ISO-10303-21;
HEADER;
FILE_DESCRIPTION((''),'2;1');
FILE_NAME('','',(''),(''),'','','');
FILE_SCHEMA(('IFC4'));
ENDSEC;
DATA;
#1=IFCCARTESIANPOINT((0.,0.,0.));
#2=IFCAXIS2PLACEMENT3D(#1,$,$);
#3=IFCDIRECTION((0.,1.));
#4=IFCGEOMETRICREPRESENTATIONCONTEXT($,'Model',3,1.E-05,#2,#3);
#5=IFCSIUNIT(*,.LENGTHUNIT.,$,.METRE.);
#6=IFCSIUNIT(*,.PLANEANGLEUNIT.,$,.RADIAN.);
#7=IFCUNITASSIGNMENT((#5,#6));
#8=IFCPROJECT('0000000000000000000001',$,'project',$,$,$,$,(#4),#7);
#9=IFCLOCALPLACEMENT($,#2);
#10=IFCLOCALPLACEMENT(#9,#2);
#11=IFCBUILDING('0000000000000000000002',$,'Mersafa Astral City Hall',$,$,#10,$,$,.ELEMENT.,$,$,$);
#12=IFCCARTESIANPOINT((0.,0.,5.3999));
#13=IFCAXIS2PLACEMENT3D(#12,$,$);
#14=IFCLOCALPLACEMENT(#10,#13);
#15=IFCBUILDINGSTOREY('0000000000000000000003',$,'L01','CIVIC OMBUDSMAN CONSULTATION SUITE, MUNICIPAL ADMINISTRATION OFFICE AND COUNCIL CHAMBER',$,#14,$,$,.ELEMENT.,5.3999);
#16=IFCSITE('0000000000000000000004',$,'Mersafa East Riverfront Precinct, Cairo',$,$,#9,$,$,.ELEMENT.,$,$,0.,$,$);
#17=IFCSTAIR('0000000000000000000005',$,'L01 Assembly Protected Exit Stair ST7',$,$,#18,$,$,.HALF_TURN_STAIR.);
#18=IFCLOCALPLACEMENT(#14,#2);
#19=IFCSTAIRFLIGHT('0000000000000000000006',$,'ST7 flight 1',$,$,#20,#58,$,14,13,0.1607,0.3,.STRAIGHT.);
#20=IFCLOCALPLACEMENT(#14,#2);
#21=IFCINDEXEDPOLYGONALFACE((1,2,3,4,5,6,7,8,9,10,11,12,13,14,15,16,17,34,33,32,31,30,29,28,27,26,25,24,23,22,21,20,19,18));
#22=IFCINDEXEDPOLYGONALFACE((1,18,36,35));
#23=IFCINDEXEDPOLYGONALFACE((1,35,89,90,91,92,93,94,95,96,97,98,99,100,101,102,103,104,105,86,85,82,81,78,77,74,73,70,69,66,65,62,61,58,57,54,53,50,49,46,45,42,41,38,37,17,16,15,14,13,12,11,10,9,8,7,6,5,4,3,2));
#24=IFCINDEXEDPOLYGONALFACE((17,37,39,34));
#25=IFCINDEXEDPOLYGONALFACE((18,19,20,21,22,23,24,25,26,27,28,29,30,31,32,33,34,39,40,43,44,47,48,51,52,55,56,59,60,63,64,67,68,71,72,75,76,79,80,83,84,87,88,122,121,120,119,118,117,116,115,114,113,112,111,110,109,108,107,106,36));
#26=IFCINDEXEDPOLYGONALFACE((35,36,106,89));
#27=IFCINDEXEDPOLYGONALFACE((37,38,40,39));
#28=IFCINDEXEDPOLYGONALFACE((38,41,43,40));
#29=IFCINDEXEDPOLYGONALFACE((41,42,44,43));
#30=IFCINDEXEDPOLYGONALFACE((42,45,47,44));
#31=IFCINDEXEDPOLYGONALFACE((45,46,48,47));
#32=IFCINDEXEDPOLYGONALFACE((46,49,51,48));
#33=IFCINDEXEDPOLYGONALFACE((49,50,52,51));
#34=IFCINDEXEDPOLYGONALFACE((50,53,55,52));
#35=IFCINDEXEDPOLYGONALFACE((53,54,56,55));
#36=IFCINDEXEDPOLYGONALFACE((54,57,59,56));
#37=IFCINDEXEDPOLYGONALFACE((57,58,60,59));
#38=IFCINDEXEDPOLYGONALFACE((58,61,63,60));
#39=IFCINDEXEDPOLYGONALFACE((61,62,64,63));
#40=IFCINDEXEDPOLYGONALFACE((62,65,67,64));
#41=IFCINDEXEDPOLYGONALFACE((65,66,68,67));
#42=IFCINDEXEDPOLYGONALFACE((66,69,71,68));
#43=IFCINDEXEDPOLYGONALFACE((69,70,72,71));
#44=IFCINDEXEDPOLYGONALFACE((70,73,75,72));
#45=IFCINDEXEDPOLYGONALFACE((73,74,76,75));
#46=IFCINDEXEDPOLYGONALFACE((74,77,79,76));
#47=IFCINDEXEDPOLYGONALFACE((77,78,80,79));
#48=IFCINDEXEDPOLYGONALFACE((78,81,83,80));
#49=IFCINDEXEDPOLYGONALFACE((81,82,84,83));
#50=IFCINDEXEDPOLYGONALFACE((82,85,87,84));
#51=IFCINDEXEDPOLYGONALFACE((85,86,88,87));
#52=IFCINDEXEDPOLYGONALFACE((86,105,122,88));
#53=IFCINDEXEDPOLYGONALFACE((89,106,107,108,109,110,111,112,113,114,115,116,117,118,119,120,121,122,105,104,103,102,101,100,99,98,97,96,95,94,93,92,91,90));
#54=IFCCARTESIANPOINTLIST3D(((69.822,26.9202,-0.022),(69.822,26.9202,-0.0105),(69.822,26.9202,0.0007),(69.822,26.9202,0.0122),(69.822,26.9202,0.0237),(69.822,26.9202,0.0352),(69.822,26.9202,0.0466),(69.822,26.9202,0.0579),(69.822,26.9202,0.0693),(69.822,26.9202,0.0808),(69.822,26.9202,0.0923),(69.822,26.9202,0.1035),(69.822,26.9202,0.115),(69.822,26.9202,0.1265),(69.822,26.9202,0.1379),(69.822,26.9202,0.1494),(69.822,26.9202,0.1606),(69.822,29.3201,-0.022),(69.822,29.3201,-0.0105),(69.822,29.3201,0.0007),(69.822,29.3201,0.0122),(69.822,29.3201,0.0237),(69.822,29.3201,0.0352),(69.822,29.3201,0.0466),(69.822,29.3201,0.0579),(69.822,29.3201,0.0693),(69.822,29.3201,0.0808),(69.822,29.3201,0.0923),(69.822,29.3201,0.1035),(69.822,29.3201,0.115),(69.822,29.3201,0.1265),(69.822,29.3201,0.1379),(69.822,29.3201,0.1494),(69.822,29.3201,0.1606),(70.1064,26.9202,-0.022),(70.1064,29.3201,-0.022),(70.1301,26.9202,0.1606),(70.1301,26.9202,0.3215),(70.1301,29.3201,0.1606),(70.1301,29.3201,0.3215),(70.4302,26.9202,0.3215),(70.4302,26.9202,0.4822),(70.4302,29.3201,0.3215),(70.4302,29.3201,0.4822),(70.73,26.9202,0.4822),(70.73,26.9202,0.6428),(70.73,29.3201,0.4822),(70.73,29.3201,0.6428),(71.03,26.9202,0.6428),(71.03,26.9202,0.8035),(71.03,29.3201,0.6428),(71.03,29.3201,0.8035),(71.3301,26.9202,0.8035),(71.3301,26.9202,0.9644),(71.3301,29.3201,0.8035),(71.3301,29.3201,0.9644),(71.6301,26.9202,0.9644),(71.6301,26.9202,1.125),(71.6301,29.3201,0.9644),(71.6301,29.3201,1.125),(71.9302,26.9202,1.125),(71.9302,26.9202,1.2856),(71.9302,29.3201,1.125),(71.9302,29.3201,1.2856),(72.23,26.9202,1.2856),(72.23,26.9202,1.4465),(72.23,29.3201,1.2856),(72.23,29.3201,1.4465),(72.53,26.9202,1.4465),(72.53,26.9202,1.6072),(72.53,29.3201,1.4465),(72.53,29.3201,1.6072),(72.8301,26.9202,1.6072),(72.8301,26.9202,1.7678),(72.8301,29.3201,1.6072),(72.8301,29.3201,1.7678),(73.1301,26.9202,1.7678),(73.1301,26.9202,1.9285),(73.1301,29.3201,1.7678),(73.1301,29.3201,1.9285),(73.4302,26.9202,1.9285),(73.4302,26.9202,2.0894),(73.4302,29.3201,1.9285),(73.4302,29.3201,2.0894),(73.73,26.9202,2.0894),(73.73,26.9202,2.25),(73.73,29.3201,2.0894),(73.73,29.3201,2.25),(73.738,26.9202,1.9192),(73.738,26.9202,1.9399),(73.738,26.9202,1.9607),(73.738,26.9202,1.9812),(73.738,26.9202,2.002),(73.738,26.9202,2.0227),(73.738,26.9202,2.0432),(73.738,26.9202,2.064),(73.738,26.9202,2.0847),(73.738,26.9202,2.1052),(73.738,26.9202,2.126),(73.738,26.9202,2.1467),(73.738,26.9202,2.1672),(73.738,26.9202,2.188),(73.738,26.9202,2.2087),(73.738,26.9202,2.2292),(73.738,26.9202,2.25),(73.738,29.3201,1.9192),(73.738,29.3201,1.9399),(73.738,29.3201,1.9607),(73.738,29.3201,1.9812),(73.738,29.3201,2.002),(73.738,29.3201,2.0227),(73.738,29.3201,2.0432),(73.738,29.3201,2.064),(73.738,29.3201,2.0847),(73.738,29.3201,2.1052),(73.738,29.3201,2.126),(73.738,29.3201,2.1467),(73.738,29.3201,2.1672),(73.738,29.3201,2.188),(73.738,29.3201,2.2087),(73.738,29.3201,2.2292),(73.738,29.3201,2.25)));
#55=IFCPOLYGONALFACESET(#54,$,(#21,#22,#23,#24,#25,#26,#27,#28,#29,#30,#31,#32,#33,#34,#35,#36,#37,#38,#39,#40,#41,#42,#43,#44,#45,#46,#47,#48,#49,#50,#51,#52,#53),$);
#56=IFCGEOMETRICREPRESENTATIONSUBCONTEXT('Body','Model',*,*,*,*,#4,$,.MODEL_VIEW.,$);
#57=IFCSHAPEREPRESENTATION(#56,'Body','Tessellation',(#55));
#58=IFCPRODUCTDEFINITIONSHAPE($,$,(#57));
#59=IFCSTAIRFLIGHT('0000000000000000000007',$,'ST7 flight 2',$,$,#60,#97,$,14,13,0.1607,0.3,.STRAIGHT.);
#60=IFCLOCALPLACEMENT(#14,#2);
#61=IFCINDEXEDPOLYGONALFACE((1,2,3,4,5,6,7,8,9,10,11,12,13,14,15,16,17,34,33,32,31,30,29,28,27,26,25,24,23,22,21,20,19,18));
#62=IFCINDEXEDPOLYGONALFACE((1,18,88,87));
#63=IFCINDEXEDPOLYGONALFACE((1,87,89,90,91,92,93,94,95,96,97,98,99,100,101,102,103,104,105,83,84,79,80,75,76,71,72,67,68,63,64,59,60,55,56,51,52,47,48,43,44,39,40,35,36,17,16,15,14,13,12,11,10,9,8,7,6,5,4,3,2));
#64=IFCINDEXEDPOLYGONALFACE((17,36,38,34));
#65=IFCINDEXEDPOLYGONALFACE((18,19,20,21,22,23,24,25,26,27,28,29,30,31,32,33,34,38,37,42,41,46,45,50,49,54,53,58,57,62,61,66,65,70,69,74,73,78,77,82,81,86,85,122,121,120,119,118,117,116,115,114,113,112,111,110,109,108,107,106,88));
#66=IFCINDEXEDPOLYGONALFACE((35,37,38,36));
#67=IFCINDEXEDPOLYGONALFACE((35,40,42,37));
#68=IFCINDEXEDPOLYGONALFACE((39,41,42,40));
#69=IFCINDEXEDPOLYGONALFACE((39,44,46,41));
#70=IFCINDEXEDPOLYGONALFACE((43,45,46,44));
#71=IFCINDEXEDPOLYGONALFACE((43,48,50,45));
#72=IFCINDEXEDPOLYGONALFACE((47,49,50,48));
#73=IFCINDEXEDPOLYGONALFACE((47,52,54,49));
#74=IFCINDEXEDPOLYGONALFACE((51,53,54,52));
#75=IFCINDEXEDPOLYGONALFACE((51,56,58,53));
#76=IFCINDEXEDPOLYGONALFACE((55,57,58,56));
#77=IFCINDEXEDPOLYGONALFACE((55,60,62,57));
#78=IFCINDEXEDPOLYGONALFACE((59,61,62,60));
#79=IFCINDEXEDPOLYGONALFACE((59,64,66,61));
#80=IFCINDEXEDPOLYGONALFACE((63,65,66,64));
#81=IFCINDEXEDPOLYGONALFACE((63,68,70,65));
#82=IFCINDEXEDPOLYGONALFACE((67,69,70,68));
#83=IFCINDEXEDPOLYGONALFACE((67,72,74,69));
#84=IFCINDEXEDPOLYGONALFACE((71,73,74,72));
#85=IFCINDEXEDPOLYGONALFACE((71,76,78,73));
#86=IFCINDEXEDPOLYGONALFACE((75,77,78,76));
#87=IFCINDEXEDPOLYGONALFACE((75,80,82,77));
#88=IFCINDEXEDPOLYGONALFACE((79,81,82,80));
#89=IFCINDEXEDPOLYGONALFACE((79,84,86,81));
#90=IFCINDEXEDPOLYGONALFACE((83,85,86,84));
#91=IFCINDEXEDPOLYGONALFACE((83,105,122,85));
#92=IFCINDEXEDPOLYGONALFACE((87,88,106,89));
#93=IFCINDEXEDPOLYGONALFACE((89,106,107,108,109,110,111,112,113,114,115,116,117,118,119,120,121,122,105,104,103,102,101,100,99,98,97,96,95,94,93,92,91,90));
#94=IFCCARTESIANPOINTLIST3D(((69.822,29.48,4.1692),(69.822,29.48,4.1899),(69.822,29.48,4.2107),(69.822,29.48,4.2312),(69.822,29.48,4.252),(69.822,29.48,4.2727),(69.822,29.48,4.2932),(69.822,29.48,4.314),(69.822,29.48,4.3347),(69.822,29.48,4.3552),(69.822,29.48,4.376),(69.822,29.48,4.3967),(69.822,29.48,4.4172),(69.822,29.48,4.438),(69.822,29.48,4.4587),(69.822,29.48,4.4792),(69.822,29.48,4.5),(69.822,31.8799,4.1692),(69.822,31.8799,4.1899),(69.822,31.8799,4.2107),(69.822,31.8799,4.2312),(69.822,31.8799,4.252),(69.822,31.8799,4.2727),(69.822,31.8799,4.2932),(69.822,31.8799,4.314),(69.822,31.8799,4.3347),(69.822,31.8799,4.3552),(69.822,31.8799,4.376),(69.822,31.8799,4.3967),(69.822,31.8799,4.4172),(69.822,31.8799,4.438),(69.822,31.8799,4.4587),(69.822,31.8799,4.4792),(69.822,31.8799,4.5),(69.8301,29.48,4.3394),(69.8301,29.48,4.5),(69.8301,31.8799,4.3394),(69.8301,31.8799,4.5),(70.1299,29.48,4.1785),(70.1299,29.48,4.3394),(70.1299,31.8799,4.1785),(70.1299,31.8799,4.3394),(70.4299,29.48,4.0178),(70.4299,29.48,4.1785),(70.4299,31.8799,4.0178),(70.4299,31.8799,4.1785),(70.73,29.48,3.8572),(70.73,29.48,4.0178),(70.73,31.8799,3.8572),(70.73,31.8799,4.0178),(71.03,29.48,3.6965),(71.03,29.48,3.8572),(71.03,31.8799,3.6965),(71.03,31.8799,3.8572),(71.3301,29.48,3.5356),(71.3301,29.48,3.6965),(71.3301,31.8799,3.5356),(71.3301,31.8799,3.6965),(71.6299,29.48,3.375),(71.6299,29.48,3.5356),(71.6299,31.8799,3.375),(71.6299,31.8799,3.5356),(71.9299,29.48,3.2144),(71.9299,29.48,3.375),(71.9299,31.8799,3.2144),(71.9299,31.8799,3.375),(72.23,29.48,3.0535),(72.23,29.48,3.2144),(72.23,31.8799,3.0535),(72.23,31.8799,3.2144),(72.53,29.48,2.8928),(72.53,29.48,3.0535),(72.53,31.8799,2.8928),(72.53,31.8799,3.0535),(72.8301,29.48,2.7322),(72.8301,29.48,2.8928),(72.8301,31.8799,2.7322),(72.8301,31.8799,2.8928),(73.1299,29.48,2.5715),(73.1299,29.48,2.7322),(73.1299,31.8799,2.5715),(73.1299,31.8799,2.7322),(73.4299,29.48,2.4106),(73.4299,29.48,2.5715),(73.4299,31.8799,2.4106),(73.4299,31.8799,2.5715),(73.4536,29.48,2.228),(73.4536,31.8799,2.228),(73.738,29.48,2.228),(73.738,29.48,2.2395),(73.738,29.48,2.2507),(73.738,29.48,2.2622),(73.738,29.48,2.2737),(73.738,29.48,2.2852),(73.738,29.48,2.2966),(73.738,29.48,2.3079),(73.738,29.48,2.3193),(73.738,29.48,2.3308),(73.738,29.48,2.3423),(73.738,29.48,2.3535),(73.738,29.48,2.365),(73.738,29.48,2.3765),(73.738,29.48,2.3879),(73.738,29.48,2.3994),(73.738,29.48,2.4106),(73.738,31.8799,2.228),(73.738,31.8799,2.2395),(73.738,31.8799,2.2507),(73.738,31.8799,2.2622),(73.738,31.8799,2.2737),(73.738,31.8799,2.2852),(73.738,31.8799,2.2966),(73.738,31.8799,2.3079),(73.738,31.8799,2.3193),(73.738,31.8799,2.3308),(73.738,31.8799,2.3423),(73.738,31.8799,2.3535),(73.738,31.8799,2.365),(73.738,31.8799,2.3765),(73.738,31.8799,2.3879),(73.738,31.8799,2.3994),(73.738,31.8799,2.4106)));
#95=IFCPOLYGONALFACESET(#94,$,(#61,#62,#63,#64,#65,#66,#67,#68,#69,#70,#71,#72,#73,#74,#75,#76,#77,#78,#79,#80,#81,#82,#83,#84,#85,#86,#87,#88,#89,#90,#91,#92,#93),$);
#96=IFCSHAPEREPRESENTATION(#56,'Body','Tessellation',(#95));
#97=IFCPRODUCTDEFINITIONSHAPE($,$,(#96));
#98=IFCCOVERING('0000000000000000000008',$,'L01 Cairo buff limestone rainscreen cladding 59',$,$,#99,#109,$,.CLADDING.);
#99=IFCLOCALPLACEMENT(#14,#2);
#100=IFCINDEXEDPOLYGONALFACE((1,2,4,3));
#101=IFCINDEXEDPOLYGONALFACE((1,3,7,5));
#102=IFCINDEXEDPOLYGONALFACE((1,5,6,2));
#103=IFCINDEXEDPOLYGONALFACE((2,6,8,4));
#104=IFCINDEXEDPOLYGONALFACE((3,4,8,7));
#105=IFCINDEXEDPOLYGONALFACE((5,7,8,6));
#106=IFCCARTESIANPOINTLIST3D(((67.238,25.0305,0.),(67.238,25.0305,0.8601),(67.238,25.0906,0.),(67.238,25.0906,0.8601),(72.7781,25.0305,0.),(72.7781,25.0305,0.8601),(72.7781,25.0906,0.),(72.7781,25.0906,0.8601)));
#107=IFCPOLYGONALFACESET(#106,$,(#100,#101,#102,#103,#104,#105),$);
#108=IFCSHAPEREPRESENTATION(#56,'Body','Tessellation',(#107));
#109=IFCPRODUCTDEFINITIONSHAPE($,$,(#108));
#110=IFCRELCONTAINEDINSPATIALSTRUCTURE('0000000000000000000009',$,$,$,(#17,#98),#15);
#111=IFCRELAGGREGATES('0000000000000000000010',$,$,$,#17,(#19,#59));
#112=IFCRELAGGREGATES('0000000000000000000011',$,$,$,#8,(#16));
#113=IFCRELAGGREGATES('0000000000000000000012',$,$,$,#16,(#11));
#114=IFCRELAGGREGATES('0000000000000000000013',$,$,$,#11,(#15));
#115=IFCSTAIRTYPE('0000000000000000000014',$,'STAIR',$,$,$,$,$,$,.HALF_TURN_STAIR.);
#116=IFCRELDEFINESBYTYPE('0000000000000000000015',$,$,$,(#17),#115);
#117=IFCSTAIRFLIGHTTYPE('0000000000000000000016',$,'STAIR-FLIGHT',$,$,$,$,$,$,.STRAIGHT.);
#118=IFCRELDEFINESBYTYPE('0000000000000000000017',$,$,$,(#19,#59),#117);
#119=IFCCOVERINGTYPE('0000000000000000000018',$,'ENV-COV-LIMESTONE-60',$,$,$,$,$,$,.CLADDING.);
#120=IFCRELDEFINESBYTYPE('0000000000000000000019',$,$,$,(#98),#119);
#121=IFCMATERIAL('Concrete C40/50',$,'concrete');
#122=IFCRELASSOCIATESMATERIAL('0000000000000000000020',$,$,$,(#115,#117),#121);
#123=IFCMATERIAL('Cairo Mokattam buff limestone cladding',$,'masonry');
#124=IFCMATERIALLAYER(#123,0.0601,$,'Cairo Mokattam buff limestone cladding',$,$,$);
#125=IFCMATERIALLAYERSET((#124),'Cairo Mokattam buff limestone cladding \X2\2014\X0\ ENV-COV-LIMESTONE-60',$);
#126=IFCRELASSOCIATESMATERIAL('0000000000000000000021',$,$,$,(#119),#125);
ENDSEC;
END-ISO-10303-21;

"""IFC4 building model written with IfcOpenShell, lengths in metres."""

from ifc_helpers import new_model, si_unit, direction, frame, origin, origin_2d, place, context, subcontext, project, spatial, polyline, rectangle, outline, extrude, material, layer, layer_set, type_object, element, aggregate, save


model = new_model("IFC4")

# Units and contexts
model_context = context("Model", 3, precision=1e-05, world=origin(), true_north=direction((0.0, 1.0)))
body_context = subcontext(model_context, "Body", "Model", "MODEL_VIEW")
ifc_project = project(units=[si_unit("LENGTHUNIT", "METRE"), si_unit("PLANEANGLEUNIT", "RADIAN")], contexts=[model_context])

# Site, building, storey
site_placement = place(None, origin())
site = spatial("IfcSite", under=ifc_project, at=site_placement, Name="Mersafa East Riverfront Precinct, Cairo", CompositionType="ELEMENT", RefElevation=0.0)
building_placement = place(site_placement, origin())
building = spatial("IfcBuilding", under=site, at=building_placement, Name="Mersafa Astral City Hall", CompositionType="ELEMENT")
storey_placement = place(building_placement, frame((0.0, 0.0, 5.3999)))
storey = spatial("IfcBuildingStorey", under=building, at=storey_placement, Name="L01", Description="CIVIC OMBUDSMAN CONSULTATION SUITE, MUNICIPAL ADMINISTRATION OFFICE AND COUNCIL CHAMBER", CompositionType="ELEMENT", Elevation=5.3999)

# Shared definitions
ifc_material_1 = material(Name="Concrete C40/50", Category="concrete")

# Stair, stair flights
stair_type = type_object("IfcStairType", Name="STAIR", PredefinedType="HALF_TURN_STAIR", material=ifc_material_1)
stair_placement = place(storey_placement, origin())
stair = element("IfcStair", 1, at=stair_placement, inside=storey, type_object=stair_type, Name="L01 Assembly Protected Exit Stair ST7", PredefinedType="HALF_TURN_STAIR")
stair_flight_type = type_object("IfcStairFlightType", Name="STAIR-FLIGHT", PredefinedType="STRAIGHT", material=ifc_material_1)
stair_flight_1_placement = place(storey_placement, frame((69.8301, 28.1201, 0.0), z_axis=(0.0, 0.0, 1.0), x_axis=(1.0, 0.0, 0.0)))
stair_flight_1 = element("IfcStairFlight", 2, at=stair_flight_1_placement, type_object=stair_flight_type, Name="ST7 flight 1", NumberOfRisers=14, NumberOfTreads=13, PredefinedType="STRAIGHT", RiserHeight=0.1607, TreadLength=0.3, context=body_context, shape_type="SweptSolid", body=[
    extrude(outline(polyline([(-0.0081, -0.022), (-0.0081, -0.0105), (-0.0081, 0.0007), (-0.0081, 0.0122), (-0.0081, 0.0237), (-0.0081, 0.0352), (-0.0081, 0.0466), (-0.0081, 0.0579), (-0.0081, 0.0693), (-0.0081, 0.0808), (-0.0081, 0.0923), (-0.0081, 0.1035), (-0.0081, 0.115), (-0.0081, 0.1265), (-0.0081, 0.1379), (-0.0081, 0.1494), (-0.0081, 0.1606), (0.3, 0.1606), (0.3, 0.3215), (0.6001, 0.3215), (0.6001, 0.4822), (0.8999, 0.4822), (0.8999, 0.6428), (1.2, 0.6428), (1.2, 0.8035), (1.5, 0.8035), (1.5, 0.9644), (1.8, 0.9644), (1.8, 1.125), (2.1001, 1.125), (2.1001, 1.2856), (2.3999, 1.2856), (2.3999, 1.4465), (2.7, 1.4465), (2.7, 1.6072), (3.0, 1.6072), (3.0, 1.7678), (3.3, 1.7678), (3.3, 1.9285), (3.6001, 1.9285), (3.6001, 2.0894), (3.8999, 2.0894), (3.8999, 2.25), (3.908, 2.25), (3.908, 2.2292), (3.908, 2.2087), (3.908, 2.188), (3.908, 2.1672), (3.908, 2.1467), (3.908, 2.126), (3.908, 2.1052), (3.908, 2.0847), (3.908, 2.064), (3.908, 2.0432), (3.908, 2.0227), (3.908, 2.002), (3.908, 1.9812), (3.908, 1.9607), (3.908, 1.9399), (3.908, 1.9192), (0.2764, -0.022), (-0.0081, -0.022)])), frame((0.0, 1.2, 0.0), z_axis=(0.0, -1.0, 0.0), x_axis=(1.0, 0.0, 0.0)), (0.0, 0.0, 1.0), 2.3999),
])
stair_flight_2_placement = place(storey_placement, frame((73.73, 30.6799, 2.25), z_axis=(0.0, 0.0, 1.0), x_axis=(-1.0, 0.0, 0.0)))
stair_flight_2 = element("IfcStairFlight", 3, at=stair_flight_2_placement, type_object=stair_flight_type, Name="ST7 flight 2", NumberOfRisers=14, NumberOfTreads=13, PredefinedType="STRAIGHT", RiserHeight=0.1607, TreadLength=0.3, context=body_context, shape_type="SweptSolid", body=[
    extrude(outline(polyline([(-0.0081, -0.022), (-0.0081, -0.0105), (-0.0081, 0.0007), (-0.0081, 0.0122), (-0.0081, 0.0237), (-0.0081, 0.0352), (-0.0081, 0.0466), (-0.0081, 0.0579), (-0.0081, 0.0693), (-0.0081, 0.0808), (-0.0081, 0.0923), (-0.0081, 0.1035), (-0.0081, 0.115), (-0.0081, 0.1265), (-0.0081, 0.1379), (-0.0081, 0.1494), (-0.0081, 0.1606), (0.3, 0.1606), (0.3, 0.3215), (0.6001, 0.3215), (0.6001, 0.4822), (0.8999, 0.4822), (0.8999, 0.6428), (1.2, 0.6428), (1.2, 0.8035), (1.5, 0.8035), (1.5, 0.9644), (1.8, 0.9644), (1.8, 1.125), (2.1001, 1.125), (2.1001, 1.2856), (2.3999, 1.2856), (2.3999, 1.4465), (2.7, 1.4465), (2.7, 1.6072), (3.0, 1.6072), (3.0, 1.7678), (3.3, 1.7678), (3.3, 1.9285), (3.6001, 1.9285), (3.6001, 2.0894), (3.8999, 2.0894), (3.8999, 2.25), (3.908, 2.25), (3.908, 2.2292), (3.908, 2.2087), (3.908, 2.188), (3.908, 2.1672), (3.908, 2.1467), (3.908, 2.126), (3.908, 2.1052), (3.908, 2.0847), (3.908, 2.064), (3.908, 2.0432), (3.908, 2.0227), (3.908, 2.002), (3.908, 1.9812), (3.908, 1.9607), (3.908, 1.9399), (3.908, 1.9192), (0.2764, -0.022), (-0.0081, -0.022)])), frame((0.0, 1.2, 0.0), z_axis=(0.0, -1.0, 0.0), x_axis=(1.0, 0.0, 0.0)), (0.0, 0.0, 1.0), 2.3999),
])
aggregate(stair, [stair_flight_1, stair_flight_2])

# Covering
ifc_material_2 = material(Name="Cairo Mokattam buff limestone cladding", Category="masonry")
ifc_layer_1 = layer(ifc_material_2, 0.0601, Name="Cairo Mokattam buff limestone cladding")
ifc_layer_set_1 = layer_set([ifc_layer_1], Name="Cairo Mokattam buff limestone cladding — ENV-COV-LIMESTONE-60")
covering_type = type_object("IfcCoveringType", Name="ENV-COV-LIMESTONE-60", PredefinedType="CLADDING", material=ifc_layer_set_1)
covering_placement = place(storey_placement, frame((70.0081, 25.0605, 0.0), z_axis=(0.0, 0.0, 1.0), x_axis=(1.0, 0.0, 0.0)))
element("IfcCovering", 4, at=covering_placement, inside=storey, type_object=covering_type, Name="L01 Cairo buff limestone rainscreen cladding 59", PredefinedType="CLADDING", context=body_context, shape_type="SweptSolid", body=[
    extrude(rectangle(XDim=5.54, YDim=0.0601, at=origin_2d()), origin(), (0.0, 0.0, 1.0), 0.8601),
])

save(model, "model.ifc")
